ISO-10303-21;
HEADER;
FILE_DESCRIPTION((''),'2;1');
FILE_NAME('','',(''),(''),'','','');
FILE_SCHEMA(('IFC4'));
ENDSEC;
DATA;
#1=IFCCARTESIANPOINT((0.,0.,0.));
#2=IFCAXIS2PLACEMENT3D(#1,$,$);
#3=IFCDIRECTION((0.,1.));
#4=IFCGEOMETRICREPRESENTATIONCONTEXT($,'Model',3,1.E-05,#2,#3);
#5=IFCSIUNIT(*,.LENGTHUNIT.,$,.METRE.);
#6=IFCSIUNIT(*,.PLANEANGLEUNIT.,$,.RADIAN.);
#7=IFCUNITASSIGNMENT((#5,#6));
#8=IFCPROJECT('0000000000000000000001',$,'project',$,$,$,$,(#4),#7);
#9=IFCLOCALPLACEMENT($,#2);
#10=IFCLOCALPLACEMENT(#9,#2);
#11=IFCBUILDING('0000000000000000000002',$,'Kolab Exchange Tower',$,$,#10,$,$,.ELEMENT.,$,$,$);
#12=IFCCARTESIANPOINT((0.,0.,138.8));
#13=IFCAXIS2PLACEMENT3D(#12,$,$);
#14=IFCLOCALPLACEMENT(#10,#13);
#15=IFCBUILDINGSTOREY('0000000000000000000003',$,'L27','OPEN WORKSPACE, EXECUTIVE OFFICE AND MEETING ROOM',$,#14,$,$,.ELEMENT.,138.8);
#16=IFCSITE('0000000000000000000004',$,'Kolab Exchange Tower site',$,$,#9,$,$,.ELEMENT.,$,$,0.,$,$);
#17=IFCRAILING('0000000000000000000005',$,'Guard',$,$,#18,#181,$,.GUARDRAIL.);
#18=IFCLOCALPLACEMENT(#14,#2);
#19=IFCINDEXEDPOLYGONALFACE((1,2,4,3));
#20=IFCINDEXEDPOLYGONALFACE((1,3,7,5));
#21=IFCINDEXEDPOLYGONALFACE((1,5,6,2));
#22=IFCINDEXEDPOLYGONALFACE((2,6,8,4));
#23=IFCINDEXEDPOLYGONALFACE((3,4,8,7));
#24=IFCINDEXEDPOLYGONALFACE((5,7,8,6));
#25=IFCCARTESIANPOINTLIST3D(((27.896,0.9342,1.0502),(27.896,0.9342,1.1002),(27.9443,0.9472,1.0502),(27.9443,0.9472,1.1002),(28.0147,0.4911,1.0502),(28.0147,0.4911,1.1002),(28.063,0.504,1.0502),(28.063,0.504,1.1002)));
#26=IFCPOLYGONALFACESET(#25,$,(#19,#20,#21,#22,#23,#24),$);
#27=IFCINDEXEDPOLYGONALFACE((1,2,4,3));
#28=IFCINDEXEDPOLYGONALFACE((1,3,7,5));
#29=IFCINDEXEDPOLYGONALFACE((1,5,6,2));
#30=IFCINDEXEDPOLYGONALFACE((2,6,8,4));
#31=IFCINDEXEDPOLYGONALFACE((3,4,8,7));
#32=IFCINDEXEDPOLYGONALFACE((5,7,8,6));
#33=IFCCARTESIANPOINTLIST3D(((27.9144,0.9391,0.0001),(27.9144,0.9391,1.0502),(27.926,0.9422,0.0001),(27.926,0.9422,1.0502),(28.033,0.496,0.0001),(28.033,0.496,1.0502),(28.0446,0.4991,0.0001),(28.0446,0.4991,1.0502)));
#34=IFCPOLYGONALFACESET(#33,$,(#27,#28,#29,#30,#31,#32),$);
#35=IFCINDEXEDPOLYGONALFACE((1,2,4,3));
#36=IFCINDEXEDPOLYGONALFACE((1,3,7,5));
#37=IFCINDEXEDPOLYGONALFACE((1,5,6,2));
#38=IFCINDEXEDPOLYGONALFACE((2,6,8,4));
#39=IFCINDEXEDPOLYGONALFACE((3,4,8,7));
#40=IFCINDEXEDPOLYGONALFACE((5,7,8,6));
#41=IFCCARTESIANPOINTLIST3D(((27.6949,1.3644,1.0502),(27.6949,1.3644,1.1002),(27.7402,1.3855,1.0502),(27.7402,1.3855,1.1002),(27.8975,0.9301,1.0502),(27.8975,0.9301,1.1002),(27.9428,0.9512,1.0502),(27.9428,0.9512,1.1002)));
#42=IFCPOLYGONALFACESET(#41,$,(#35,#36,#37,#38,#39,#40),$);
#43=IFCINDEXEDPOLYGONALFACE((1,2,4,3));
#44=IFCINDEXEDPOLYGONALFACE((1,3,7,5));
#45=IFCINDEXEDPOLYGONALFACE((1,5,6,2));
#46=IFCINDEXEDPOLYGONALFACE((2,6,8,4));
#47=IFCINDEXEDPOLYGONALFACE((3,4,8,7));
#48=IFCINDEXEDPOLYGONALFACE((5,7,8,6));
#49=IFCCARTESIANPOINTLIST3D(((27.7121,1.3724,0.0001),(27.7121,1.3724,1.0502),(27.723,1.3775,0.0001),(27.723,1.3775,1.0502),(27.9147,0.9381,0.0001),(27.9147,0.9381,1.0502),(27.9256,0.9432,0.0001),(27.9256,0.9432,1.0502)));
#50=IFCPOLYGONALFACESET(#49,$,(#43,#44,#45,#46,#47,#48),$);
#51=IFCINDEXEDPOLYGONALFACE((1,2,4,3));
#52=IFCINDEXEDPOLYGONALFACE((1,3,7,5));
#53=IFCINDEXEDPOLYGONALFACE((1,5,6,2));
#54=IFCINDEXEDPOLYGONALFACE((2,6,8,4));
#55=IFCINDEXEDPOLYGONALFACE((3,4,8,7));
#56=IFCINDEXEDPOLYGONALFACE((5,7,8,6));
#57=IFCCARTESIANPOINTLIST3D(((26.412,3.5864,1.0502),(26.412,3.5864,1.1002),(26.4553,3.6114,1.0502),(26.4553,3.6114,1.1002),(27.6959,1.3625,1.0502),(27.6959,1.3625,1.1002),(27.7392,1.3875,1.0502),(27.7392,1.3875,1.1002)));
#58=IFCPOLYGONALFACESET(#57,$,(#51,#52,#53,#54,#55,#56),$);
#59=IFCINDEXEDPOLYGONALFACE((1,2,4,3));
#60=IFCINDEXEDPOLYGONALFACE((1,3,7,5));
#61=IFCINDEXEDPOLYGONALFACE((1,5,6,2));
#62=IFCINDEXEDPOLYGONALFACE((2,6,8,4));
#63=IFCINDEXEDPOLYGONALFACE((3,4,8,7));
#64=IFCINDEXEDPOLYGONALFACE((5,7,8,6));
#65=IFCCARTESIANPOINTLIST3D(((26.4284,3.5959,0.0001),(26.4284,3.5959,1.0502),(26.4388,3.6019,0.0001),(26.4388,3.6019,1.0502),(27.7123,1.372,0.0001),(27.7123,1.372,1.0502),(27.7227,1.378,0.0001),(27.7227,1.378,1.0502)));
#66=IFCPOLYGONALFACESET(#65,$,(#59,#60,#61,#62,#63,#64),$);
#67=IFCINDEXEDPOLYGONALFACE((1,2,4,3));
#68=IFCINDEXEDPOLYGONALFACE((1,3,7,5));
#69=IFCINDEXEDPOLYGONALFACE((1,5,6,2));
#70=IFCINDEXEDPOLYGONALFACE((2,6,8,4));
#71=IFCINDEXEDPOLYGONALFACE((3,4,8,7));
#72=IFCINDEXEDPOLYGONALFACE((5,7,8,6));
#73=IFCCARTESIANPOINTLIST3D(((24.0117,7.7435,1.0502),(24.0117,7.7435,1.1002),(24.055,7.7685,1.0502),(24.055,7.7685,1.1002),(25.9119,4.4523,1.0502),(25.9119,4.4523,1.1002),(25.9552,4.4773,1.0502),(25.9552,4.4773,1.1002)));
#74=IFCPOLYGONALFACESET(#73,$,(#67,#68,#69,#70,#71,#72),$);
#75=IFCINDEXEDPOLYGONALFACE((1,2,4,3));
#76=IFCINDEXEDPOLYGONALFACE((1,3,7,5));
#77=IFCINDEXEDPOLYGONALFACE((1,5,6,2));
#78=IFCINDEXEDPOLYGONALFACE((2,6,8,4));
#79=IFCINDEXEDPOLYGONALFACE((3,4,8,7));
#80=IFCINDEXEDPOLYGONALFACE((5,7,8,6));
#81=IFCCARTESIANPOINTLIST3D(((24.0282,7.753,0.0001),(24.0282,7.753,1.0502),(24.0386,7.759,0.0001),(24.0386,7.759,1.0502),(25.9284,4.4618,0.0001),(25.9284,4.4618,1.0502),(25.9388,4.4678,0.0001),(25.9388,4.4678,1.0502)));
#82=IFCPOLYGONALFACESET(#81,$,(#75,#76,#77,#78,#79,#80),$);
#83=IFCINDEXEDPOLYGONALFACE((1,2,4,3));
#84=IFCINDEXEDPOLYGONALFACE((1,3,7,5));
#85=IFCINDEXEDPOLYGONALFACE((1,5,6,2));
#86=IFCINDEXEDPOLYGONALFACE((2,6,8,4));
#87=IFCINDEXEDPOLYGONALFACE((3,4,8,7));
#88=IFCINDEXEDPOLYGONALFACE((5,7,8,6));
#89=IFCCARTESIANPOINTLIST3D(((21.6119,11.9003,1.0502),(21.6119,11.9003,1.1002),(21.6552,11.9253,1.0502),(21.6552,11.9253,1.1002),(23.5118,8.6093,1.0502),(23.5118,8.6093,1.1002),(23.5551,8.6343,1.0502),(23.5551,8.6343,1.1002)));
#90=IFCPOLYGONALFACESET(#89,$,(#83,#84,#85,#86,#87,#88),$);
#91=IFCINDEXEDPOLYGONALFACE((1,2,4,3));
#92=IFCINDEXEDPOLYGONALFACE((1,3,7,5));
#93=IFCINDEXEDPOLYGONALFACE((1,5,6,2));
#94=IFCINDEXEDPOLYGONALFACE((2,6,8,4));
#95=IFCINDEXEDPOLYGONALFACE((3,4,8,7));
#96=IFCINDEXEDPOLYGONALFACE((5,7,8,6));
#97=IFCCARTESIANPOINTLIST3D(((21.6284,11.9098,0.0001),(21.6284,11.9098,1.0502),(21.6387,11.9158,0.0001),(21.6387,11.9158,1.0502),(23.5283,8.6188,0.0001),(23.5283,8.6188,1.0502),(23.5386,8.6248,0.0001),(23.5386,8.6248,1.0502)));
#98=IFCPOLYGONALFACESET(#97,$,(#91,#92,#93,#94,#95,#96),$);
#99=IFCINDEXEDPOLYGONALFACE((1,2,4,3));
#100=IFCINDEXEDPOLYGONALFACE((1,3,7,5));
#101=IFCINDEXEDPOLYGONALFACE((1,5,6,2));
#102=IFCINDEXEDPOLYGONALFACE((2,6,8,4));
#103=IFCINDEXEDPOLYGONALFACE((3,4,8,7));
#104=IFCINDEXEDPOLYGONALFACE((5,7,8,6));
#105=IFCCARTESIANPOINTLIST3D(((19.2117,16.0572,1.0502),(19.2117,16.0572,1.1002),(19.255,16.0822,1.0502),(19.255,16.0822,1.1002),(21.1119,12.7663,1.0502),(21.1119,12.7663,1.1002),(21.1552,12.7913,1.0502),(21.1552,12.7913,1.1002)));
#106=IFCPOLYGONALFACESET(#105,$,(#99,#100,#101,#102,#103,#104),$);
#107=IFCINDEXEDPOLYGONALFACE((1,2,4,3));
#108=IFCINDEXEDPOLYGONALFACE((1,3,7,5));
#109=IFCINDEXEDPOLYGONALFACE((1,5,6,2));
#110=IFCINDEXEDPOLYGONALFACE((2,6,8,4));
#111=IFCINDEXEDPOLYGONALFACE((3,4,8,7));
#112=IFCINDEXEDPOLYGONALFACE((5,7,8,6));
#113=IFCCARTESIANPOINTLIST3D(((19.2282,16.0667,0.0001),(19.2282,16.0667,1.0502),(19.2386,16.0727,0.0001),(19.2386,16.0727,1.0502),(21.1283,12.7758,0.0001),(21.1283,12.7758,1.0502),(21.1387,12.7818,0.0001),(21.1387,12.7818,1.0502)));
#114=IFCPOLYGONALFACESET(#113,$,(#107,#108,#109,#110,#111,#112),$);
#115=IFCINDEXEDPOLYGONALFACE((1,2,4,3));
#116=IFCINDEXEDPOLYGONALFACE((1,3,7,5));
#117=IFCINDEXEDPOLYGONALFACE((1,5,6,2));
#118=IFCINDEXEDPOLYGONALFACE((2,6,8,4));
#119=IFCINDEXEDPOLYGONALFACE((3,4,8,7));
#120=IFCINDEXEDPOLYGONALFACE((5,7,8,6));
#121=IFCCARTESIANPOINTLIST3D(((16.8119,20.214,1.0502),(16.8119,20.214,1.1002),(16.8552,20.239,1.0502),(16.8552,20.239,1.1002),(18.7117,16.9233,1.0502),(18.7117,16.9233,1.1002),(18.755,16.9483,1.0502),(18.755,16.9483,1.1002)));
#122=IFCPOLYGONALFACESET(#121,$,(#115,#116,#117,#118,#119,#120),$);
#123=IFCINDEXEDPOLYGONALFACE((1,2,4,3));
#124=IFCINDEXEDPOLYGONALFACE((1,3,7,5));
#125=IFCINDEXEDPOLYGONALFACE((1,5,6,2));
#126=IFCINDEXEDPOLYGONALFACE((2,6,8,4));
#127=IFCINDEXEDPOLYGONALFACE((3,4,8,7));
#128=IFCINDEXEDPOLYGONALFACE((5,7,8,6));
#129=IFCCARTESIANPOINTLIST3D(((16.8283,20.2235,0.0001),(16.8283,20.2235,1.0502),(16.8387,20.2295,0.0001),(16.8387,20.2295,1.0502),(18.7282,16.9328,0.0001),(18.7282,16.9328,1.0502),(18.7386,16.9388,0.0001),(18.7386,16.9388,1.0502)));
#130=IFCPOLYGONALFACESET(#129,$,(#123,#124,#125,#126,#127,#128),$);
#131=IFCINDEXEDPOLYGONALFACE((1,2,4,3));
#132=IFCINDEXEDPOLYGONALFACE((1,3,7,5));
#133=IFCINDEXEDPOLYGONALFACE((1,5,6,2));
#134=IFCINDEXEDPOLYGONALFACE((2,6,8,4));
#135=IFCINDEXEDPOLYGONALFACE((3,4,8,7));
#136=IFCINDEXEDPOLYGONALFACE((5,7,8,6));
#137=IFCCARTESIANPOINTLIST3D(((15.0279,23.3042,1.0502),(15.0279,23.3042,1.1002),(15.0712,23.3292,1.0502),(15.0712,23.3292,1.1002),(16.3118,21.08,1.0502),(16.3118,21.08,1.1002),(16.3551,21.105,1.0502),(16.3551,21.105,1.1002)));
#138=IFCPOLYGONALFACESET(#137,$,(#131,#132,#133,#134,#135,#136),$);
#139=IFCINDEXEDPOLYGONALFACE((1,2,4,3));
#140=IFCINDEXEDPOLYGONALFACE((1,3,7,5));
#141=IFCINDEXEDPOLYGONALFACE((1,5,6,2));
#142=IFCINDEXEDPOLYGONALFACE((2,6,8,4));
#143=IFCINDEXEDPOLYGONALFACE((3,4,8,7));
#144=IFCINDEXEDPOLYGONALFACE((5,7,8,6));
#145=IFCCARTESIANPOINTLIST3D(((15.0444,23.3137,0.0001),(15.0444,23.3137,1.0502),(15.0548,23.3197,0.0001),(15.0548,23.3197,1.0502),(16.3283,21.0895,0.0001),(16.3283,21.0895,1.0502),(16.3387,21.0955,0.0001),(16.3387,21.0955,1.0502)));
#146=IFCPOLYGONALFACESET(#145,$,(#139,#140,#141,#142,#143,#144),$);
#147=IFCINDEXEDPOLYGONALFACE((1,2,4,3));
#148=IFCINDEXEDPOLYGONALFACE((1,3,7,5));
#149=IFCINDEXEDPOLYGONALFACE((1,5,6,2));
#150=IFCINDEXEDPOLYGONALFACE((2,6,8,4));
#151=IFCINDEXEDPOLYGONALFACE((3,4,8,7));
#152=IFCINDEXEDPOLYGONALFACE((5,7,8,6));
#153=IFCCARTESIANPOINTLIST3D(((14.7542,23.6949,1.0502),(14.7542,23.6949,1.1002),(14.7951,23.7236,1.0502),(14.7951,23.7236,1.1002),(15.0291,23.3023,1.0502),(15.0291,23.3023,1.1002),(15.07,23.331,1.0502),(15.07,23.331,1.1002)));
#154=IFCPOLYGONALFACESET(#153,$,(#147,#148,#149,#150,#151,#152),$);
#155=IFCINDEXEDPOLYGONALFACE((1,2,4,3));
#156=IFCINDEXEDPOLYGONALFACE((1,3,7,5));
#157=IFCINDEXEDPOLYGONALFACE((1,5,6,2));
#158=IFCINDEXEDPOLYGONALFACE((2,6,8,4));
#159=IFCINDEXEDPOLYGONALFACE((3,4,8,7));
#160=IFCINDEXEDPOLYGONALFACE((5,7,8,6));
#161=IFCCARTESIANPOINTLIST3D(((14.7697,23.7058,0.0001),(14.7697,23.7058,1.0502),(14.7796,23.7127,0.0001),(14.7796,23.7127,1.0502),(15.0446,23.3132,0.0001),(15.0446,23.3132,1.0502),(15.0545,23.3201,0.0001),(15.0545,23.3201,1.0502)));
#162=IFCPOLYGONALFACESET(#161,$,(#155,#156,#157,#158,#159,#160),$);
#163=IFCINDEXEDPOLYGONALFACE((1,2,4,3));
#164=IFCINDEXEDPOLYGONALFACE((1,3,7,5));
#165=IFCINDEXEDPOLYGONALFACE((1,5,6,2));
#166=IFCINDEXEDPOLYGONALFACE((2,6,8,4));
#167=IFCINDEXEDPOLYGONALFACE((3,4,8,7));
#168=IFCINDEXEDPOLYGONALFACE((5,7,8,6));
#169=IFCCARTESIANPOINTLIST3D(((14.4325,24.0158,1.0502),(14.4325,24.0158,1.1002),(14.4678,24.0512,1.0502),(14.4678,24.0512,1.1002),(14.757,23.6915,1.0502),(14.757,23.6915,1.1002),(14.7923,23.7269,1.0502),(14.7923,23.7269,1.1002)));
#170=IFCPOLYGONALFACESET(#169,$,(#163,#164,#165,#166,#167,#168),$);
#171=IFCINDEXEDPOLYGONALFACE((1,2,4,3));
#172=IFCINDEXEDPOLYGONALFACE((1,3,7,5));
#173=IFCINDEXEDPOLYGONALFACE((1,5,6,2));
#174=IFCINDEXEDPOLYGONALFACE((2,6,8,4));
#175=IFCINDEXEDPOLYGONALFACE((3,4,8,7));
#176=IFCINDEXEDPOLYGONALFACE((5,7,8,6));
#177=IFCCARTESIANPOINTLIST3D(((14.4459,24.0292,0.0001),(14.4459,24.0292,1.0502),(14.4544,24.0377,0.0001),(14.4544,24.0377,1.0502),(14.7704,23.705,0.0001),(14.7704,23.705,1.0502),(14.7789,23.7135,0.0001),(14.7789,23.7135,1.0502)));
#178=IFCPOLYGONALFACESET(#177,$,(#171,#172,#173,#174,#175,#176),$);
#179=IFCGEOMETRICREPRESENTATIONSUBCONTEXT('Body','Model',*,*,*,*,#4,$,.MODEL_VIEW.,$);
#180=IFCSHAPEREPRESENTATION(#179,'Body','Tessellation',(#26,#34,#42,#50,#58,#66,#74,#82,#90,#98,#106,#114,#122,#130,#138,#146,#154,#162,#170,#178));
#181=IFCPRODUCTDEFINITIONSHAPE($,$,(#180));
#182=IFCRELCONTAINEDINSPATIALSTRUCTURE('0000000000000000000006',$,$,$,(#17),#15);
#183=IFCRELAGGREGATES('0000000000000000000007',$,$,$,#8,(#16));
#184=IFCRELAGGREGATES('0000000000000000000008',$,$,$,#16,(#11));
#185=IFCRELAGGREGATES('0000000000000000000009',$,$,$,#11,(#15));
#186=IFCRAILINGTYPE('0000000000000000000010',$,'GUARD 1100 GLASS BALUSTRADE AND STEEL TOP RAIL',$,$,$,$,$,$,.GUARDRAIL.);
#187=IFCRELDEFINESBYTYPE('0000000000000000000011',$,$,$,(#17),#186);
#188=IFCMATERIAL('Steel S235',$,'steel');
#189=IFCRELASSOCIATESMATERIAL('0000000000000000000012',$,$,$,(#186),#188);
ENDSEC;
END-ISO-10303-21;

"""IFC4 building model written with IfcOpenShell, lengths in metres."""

from ifc_helpers import new_model, si_unit, direction, frame, frame_2d, origin, origin_2d, place, context, subcontext, project, spatial, rectangle, extrude, material, type_object, element, save


model = new_model("IFC4")

# Units and contexts
model_context = context("Model", 3, precision=1e-05, world=origin(), true_north=direction((0.0, 1.0)))
body_context = subcontext(model_context, "Body", "Model", "MODEL_VIEW")
ifc_project = project(units=[si_unit("LENGTHUNIT", "METRE"), si_unit("PLANEANGLEUNIT", "RADIAN")], contexts=[model_context])

# Site, building, storey
site_placement = place(None, origin())
site = spatial("IfcSite", under=ifc_project, at=site_placement, Name="Kolab Exchange Tower site", CompositionType="ELEMENT", RefElevation=0.0)
building_placement = place(site_placement, origin())
building = spatial("IfcBuilding", under=site, at=building_placement, Name="Kolab Exchange Tower", CompositionType="ELEMENT")
storey_placement = place(building_placement, frame((0.0, 0.0, 138.8)))
storey = spatial("IfcBuildingStorey", under=building, at=storey_placement, Name="L27", Description="OPEN WORKSPACE, EXECUTIVE OFFICE AND MEETING ROOM", CompositionType="ELEMENT", Elevation=138.8)

# Railing
ifc_material_1 = material(Name="Steel S235", Category="steel")
railing_type = type_object("IfcRailingType", Name="GUARD 1100 GLASS BALUSTRADE AND STEEL TOP RAIL", PredefinedType="GUARDRAIL", material=ifc_material_1)
railing_placement = place(storey_placement, frame((28.0388, 0.4976, 0.0)))
element("IfcRailing", 1, at=railing_placement, inside=storey, type_object=railing_type, Name="Guard", PredefinedType="GUARDRAIL", context=body_context, shape_type="SweptSolid", body=[
    extrude(rectangle(XDim=0.05, YDim=0.05, at=origin_2d()), frame((0.0, 0.0, 1.0752), z_axis=(-0.258656, 0.965969, 0.0), x_axis=(-0.965969, -0.258656, 0.0)), (0.0, 0.0, 1.0), 0.4587),
    extrude(rectangle(XDim=0.012, YDim=1.0501, at=frame_2d((0.0, 0.5251))), frame((0.0, 0.0, 0.0), z_axis=(-0.258656, 0.965969, 0.0), x_axis=(-0.965969, -0.258656, 0.0)), (0.0, 0.0, 1.0), 0.4587),
    extrude(rectangle(XDim=0.05, YDim=0.05, at=origin_2d()), frame((-0.1187, 0.4431, 1.0752), z_axis=(-0.422802, 0.906222, 0.0), x_axis=(-0.906222, -0.422802, 0.0)), (0.0, 0.0, 1.0), 0.4792),
    extrude(rectangle(XDim=0.012, YDim=1.0501, at=frame_2d((0.0, 0.5251))), frame((-0.1187, 0.4431, 0.0), z_axis=(-0.422802, 0.906222, 0.0), x_axis=(-0.906222, -0.422802, 0.0)), (0.0, 0.0, 1.0), 0.4792),
    extrude(rectangle(XDim=0.05, YDim=0.05, at=origin_2d()), frame((-0.3213, 0.8774, 1.0752), z_axis=(-0.499994, 0.866029, 0.0), x_axis=(-0.866029, -0.499994, 0.0)), (0.0, 0.0, 1.0), 2.5679),
    extrude(rectangle(XDim=0.012, YDim=1.0501, at=frame_2d((0.0, 0.5251))), frame((-0.3213, 0.8774, 0.0), z_axis=(-0.499994, 0.866029, 0.0), x_axis=(-0.866029, -0.499994, 0.0)), (0.0, 0.0, 1.0), 2.5679),
    extrude(rectangle(XDim=0.05, YDim=0.05, at=origin_2d()), frame((-2.1052, 3.9673, 1.0752), z_axis=(-0.500015, 0.866017, 0.0), x_axis=(-0.866017, -0.500015, 0.0)), (0.0, 0.0, 1.0), 3.8003),
    extrude(rectangle(XDim=0.012, YDim=1.0501, at=frame_2d((0.0, 0.5251))), frame((-2.1052, 3.9673, 0.0), z_axis=(-0.500015, 0.866017, 0.0), x_axis=(-0.866017, -0.500015, 0.0)), (0.0, 0.0, 1.0), 3.8003),
    extrude(rectangle(XDim=0.05, YDim=0.05, at=origin_2d()), frame((-4.5054, 8.1243, 1.0752), z_axis=(-0.499967, 0.866044, 0.0), x_axis=(-0.866044, -0.499967, 0.0)), (0.0, 0.0, 1.0), 3.8),
    extrude(rectangle(XDim=0.012, YDim=1.0501, at=frame_2d((0.0, 0.5251))), frame((-4.5054, 8.1243, 0.0), z_axis=(-0.499967, 0.866044, 0.0), x_axis=(-0.866044, -0.499967, 0.0)), (0.0, 0.0, 1.0), 3.8),
    extrude(rectangle(XDim=0.05, YDim=0.05, at=origin_2d()), frame((-6.9053, 12.2812, 1.0752), z_axis=(-0.500043, 0.866, 0.0), x_axis=(-0.866, -0.500043, 0.0)), (0.0, 0.0, 1.0), 3.8),
    extrude(rectangle(XDim=0.012, YDim=1.0501, at=frame_2d((0.0, 0.5251))), frame((-6.9053, 12.2812, 0.0), z_axis=(-0.500043, 0.866, 0.0), x_axis=(-0.866, -0.500043, 0.0)), (0.0, 0.0, 1.0), 3.8),
    extrude(rectangle(XDim=0.05, YDim=0.05, at=origin_2d()), frame((-9.3054, 16.4382, 1.0752), z_axis=(-0.499995, 0.866028, 0.0), x_axis=(-0.866028, -0.499995, 0.0)), (0.0, 0.0, 1.0), 3.7998),
    extrude(rectangle(XDim=0.012, YDim=1.0501, at=frame_2d((0.0, 0.5251))), frame((-9.3054, 16.4382, 0.0), z_axis=(-0.499995, 0.866028, 0.0), x_axis=(-0.866028, -0.499995, 0.0)), (0.0, 0.0, 1.0), 3.7998),
    extrude(rectangle(XDim=0.05, YDim=0.05, at=origin_2d()), frame((-11.7053, 20.595, 1.0752), z_axis=(-0.499953, 0.866053, 0.0), x_axis=(-0.866053, -0.499953, 0.0)), (0.0, 0.0, 1.0), 2.5681),
    extrude(rectangle(XDim=0.012, YDim=1.0501, at=frame_2d((0.0, 0.5251))), frame((-11.7053, 20.595, 0.0), z_axis=(-0.499953, 0.866053, 0.0), x_axis=(-0.866053, -0.499953, 0.0)), (0.0, 0.0, 1.0), 2.5681),
    extrude(rectangle(XDim=0.05, YDim=0.05, at=origin_2d()), frame((-12.9893, 22.8191, 1.0752), z_axis=(-0.573599, 0.819136, 0.0), x_axis=(-0.819136, -0.573599, 0.0)), (0.0, 0.0, 1.0), 0.4792),
    extrude(rectangle(XDim=0.012, YDim=1.0501, at=frame_2d((0.0, 0.5251))), frame((-12.9893, 22.8191, 0.0), z_axis=(-0.573599, 0.819136, 0.0), x_axis=(-0.819136, -0.573599, 0.0)), (0.0, 0.0, 1.0), 0.4792),
    extrude(rectangle(XDim=0.05, YDim=0.05, at=origin_2d()), frame((-13.2642, 23.2117, 1.0752), z_axis=(-0.707373, 0.706841, 0.0), x_axis=(-0.706841, -0.707373, 0.0)), (0.0, 0.0, 1.0), 0.4587),
    extrude(rectangle(XDim=0.012, YDim=1.0501, at=frame_2d((0.0, 0.5251))), frame((-13.2642, 23.2117, 0.0), z_axis=(-0.707373, 0.706841, 0.0), x_axis=(-0.706841, -0.707373, 0.0)), (0.0, 0.0, 1.0), 0.4587),
])

save(model, "model.ifc")
